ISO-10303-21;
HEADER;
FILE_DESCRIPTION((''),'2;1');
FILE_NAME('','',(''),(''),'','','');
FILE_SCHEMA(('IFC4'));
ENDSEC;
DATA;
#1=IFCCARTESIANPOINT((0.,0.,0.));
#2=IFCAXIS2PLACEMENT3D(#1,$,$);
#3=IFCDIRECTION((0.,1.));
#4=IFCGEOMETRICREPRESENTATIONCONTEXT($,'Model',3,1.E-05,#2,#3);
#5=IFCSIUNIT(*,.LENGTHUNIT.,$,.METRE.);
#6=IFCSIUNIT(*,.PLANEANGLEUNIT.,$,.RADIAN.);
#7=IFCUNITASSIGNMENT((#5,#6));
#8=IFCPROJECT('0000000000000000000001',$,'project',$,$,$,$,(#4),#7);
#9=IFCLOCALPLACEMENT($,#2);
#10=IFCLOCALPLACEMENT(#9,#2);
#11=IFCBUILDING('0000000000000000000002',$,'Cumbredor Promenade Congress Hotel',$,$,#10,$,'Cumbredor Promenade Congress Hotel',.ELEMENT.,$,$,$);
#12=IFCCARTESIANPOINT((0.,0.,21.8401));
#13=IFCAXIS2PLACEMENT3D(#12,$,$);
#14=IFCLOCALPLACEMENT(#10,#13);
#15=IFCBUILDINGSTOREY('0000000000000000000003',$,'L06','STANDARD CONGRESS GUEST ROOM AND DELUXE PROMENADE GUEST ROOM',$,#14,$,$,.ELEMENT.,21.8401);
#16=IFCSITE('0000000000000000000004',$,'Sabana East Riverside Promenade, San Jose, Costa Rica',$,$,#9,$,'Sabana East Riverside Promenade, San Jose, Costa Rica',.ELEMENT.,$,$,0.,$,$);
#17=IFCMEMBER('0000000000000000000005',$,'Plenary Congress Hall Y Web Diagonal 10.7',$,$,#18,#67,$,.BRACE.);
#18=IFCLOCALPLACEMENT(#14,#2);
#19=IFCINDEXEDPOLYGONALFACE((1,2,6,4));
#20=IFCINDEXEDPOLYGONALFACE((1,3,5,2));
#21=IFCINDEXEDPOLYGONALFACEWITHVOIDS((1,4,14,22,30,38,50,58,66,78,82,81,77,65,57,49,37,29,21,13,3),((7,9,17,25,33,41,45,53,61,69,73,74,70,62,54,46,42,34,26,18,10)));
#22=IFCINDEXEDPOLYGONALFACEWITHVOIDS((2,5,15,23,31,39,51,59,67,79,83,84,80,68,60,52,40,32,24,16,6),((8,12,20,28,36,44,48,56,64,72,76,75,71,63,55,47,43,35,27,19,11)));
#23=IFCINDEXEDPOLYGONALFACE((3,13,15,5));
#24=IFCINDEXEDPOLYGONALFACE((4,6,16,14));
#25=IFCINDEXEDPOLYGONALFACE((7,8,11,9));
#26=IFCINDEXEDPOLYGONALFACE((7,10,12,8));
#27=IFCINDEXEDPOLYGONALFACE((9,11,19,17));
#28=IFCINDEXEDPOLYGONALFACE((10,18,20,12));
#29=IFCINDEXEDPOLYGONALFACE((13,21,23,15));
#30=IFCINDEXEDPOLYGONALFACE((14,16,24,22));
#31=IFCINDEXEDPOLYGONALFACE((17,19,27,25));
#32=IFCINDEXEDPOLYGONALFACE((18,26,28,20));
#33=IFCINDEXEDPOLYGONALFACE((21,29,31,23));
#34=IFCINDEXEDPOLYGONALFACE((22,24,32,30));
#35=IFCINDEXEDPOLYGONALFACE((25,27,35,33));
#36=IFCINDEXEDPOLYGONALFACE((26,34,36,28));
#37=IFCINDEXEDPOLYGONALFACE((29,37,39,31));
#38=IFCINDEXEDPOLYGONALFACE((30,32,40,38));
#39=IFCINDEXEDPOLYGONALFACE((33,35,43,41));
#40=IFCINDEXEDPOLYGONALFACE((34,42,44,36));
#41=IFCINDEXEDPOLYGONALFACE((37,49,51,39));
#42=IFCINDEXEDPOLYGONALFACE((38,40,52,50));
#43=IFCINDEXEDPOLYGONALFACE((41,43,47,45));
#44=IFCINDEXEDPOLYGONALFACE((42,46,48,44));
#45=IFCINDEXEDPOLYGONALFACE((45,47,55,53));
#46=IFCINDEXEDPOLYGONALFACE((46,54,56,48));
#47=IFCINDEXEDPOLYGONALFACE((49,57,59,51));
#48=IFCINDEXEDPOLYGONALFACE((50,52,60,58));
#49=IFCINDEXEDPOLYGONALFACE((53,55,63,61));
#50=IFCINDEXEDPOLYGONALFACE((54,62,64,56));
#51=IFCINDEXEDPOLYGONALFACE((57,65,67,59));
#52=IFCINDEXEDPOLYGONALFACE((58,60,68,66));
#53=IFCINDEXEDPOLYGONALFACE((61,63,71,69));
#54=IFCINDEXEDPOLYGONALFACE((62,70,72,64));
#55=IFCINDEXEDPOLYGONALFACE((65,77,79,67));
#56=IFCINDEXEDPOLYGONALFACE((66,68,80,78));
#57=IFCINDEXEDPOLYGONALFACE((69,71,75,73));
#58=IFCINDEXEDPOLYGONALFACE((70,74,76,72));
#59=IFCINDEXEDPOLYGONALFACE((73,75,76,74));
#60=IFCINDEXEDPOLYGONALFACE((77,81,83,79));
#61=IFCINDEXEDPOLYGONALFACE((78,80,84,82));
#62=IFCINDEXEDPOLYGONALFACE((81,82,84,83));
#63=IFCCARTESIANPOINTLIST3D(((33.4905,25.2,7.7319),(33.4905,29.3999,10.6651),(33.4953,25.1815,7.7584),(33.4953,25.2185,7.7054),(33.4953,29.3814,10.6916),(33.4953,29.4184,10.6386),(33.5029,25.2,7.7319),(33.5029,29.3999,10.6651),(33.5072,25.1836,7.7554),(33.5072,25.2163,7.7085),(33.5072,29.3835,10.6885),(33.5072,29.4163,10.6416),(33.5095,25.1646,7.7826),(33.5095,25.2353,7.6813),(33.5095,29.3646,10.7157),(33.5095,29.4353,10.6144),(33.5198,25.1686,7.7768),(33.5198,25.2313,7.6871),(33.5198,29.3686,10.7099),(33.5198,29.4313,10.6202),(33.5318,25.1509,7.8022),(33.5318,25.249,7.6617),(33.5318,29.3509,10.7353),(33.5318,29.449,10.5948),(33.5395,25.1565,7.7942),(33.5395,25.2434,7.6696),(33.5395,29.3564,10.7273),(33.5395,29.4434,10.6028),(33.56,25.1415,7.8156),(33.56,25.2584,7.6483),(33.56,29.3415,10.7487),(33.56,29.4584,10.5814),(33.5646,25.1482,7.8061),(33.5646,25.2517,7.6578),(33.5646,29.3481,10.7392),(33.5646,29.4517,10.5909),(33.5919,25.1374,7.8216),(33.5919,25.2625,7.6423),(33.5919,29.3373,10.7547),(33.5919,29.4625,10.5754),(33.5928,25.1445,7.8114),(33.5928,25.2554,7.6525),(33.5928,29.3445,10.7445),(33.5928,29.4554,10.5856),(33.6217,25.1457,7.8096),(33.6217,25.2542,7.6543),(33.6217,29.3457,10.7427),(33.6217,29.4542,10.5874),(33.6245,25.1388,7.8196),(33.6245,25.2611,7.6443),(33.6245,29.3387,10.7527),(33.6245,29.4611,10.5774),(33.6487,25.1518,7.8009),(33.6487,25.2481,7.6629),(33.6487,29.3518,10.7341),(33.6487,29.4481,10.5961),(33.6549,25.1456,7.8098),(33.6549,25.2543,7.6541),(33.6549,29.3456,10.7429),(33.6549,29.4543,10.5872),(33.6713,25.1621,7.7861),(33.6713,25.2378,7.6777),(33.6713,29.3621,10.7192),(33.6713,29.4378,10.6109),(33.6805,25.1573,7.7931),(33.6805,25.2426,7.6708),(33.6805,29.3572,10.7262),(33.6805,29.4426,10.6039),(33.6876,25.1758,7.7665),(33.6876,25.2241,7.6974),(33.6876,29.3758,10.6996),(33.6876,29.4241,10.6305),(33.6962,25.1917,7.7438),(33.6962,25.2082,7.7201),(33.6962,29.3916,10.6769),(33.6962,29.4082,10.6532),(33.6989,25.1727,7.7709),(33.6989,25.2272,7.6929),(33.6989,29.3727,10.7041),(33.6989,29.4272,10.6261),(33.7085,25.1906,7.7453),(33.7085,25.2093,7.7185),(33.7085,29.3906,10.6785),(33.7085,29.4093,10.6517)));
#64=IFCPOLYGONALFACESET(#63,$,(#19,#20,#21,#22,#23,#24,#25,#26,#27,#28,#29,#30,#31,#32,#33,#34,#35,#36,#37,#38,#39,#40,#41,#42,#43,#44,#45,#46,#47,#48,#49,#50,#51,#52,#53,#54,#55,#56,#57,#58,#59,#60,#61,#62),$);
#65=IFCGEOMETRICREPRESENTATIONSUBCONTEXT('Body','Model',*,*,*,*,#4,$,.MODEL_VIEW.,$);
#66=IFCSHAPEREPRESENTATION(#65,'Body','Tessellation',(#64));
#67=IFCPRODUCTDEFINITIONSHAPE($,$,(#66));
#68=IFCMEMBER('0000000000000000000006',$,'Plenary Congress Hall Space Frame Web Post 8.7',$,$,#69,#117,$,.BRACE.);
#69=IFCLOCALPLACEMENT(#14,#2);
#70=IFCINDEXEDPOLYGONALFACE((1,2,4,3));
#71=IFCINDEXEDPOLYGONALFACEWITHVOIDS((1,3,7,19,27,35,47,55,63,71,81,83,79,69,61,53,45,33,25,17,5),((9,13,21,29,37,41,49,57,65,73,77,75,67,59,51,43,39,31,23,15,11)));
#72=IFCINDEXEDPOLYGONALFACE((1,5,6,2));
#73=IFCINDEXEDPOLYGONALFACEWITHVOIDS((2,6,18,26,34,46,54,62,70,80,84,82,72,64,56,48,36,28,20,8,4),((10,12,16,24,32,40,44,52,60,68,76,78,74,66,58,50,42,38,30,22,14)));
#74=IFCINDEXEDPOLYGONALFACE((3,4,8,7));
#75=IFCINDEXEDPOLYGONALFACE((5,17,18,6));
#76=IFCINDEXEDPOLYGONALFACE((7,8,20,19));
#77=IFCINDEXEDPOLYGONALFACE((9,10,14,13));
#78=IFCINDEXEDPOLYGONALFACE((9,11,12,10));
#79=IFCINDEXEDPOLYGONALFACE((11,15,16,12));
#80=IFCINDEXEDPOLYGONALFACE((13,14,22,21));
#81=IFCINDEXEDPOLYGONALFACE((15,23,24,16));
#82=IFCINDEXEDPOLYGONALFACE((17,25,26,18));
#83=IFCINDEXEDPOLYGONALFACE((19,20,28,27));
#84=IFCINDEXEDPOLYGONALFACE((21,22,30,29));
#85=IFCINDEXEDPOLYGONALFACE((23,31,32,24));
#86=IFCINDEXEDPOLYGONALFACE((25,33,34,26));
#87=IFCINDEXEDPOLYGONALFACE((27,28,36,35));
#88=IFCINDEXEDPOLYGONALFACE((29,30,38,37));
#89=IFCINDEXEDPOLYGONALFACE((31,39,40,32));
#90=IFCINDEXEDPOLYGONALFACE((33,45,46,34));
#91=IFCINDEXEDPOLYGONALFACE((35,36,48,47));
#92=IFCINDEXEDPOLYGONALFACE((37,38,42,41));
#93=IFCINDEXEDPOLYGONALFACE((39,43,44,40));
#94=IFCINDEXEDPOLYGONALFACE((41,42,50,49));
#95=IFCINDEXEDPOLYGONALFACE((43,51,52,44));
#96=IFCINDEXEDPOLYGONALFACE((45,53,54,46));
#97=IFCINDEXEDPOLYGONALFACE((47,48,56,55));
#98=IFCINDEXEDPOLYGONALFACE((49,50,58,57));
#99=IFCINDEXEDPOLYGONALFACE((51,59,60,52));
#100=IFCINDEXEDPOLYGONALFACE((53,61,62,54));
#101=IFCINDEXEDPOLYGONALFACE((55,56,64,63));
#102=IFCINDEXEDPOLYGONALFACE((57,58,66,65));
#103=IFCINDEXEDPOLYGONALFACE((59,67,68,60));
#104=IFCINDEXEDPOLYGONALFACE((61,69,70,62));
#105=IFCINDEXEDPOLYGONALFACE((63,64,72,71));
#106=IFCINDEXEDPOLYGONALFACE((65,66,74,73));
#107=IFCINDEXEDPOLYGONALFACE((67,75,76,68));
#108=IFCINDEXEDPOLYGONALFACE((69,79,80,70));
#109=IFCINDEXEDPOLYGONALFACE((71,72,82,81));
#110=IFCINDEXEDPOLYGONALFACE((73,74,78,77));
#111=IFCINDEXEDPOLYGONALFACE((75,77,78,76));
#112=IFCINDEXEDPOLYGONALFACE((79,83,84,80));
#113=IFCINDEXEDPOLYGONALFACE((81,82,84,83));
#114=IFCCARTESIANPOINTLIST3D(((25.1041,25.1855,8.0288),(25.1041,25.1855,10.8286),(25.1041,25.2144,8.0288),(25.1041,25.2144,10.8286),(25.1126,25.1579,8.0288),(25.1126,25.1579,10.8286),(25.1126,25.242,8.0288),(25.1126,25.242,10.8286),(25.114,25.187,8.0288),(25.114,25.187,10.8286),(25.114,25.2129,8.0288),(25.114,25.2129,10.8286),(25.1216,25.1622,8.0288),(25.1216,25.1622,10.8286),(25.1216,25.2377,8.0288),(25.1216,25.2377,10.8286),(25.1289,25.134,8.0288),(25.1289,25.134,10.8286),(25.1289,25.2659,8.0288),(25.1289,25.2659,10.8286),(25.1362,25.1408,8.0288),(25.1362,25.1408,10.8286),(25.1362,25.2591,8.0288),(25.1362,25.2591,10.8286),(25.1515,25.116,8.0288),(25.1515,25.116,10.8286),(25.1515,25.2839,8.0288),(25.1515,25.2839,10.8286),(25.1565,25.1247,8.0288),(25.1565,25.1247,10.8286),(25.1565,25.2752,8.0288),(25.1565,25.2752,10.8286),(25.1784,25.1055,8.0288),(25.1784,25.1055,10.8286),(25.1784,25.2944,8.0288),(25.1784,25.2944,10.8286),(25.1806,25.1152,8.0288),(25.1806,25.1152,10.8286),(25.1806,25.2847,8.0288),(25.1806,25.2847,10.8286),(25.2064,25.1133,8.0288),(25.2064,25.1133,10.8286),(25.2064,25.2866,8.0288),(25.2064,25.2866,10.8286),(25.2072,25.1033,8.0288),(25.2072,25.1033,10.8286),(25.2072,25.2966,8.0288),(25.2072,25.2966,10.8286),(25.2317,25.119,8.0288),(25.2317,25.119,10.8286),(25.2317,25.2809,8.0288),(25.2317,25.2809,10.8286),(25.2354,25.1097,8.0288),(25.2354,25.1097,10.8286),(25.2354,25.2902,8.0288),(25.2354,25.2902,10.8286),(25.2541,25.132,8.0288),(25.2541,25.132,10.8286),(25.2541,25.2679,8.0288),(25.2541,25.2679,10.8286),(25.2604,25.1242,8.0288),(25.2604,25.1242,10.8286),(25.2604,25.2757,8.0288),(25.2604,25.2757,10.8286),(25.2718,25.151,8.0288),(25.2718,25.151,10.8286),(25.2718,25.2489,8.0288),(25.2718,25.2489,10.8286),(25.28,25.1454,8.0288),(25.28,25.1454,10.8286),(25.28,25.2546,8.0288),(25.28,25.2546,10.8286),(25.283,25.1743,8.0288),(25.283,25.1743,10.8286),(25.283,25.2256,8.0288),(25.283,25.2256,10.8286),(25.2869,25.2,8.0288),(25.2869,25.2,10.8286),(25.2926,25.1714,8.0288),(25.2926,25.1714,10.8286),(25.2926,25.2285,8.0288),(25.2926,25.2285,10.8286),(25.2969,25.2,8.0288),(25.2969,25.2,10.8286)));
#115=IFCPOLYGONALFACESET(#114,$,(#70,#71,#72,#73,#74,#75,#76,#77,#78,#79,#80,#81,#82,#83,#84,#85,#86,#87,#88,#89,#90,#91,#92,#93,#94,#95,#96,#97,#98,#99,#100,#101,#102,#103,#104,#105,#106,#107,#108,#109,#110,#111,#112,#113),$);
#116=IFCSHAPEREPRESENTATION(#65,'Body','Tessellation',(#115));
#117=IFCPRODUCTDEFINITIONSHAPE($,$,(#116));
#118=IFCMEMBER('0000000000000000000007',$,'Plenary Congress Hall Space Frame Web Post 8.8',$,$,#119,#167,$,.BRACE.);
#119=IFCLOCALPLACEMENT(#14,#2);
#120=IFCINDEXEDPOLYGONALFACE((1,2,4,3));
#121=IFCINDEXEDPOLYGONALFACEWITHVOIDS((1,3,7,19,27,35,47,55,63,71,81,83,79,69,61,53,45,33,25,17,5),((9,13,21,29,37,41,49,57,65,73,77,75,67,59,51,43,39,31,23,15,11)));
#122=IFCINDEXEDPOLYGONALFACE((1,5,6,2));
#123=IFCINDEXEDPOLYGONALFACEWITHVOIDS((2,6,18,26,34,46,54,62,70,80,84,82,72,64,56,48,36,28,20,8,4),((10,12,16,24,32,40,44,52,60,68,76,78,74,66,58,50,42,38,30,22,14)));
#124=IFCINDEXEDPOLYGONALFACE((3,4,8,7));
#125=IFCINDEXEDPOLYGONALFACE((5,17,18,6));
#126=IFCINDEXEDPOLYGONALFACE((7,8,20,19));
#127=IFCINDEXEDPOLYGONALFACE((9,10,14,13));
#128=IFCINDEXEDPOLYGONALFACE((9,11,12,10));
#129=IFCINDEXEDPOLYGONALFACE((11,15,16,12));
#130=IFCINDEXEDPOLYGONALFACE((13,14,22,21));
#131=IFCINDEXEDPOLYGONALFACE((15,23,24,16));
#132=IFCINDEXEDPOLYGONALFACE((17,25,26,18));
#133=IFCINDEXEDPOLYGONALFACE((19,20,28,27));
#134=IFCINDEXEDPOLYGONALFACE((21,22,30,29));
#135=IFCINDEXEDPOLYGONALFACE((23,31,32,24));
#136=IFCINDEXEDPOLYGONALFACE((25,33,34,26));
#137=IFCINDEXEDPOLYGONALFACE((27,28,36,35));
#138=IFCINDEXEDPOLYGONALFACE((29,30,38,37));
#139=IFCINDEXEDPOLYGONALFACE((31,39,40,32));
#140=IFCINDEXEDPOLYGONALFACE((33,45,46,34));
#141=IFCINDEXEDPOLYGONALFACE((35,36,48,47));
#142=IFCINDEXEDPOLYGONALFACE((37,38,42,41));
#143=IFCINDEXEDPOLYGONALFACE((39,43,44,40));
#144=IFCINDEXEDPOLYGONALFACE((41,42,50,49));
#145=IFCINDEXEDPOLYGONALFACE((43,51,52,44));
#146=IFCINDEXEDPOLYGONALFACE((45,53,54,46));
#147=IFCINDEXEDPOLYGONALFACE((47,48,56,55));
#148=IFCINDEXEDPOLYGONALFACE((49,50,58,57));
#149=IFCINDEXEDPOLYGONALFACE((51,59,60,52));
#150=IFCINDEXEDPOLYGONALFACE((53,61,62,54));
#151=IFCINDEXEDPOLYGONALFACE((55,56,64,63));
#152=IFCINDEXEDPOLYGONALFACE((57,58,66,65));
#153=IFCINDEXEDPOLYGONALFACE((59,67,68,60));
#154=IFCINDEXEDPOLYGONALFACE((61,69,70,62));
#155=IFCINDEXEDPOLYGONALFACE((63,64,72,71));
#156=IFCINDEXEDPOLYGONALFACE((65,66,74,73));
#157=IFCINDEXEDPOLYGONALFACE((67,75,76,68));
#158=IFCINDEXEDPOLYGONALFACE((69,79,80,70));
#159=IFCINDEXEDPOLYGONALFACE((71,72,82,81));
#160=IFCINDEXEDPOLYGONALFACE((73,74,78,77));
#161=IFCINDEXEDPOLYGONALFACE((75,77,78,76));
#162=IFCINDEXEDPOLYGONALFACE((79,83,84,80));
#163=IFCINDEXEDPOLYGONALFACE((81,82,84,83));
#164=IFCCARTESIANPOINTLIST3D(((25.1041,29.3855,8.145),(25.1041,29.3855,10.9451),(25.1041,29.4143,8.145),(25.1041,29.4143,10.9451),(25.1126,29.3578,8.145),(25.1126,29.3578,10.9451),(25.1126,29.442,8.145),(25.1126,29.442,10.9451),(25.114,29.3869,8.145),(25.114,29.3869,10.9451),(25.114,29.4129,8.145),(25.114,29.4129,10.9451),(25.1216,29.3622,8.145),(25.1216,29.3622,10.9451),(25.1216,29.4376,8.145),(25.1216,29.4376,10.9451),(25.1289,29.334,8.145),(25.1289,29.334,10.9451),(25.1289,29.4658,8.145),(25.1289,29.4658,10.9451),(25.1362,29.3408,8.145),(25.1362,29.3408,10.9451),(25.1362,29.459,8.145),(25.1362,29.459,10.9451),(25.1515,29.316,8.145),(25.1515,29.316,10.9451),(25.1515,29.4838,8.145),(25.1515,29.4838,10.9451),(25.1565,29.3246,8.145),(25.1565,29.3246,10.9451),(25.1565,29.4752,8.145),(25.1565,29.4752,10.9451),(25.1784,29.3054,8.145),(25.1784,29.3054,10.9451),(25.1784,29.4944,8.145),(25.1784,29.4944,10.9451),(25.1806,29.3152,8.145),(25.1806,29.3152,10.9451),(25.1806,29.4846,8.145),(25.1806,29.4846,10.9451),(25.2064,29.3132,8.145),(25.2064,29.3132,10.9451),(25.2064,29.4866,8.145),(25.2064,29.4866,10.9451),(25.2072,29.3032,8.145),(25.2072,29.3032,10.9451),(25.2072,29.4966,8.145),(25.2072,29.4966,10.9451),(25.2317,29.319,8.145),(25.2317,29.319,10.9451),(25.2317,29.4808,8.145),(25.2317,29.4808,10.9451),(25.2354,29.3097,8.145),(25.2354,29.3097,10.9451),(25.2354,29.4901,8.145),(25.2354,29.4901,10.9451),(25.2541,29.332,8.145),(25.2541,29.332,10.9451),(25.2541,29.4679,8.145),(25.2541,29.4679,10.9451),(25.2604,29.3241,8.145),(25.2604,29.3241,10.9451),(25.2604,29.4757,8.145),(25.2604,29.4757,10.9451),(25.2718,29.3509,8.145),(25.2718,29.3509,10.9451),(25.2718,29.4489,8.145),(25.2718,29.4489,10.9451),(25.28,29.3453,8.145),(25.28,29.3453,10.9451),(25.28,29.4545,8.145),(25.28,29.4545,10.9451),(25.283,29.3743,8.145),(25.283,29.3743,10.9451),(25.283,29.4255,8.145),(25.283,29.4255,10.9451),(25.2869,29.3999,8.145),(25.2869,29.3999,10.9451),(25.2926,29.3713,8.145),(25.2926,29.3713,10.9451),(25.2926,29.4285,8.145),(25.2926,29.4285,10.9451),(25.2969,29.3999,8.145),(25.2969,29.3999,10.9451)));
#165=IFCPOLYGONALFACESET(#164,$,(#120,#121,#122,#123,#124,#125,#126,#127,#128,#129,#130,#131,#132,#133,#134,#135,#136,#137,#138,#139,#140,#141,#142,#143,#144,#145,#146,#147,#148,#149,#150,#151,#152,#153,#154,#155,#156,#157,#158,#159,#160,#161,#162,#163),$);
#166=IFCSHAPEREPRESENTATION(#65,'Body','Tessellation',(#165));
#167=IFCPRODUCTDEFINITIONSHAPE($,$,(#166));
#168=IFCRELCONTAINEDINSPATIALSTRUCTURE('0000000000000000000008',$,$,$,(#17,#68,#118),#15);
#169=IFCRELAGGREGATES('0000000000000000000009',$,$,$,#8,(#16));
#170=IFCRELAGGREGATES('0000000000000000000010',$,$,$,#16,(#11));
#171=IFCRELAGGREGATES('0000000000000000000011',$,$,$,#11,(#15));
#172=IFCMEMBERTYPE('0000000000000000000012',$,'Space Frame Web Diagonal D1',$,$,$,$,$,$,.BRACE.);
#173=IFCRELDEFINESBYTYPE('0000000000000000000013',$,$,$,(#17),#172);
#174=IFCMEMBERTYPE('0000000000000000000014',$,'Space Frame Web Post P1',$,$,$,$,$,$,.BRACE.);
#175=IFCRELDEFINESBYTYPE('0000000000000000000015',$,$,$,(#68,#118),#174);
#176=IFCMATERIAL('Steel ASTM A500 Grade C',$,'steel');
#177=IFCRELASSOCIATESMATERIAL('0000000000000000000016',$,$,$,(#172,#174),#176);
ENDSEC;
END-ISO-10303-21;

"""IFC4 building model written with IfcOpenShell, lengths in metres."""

from ifc_helpers import new_model, si_unit, direction, frame, origin, origin_2d, place, context, subcontext, project, spatial, hollow_circle, extrude, material, material_profile, profile_set, type_object, element, save


model = new_model("IFC4")

# Units and contexts
model_context = context("Model", 3, precision=1e-05, world=origin(), true_north=direction((0.0, 1.0)))
body_context = subcontext(model_context, "Body", "Model", "MODEL_VIEW")
ifc_project = project(units=[si_unit("LENGTHUNIT", "METRE"), si_unit("PLANEANGLEUNIT", "RADIAN")], contexts=[model_context])

# Site, building, storey
site_placement = place(None, origin())
site = spatial("IfcSite", under=ifc_project, at=site_placement, Name="Sabana East Riverside Promenade, San Jose, Costa Rica", LongName="Sabana East Riverside Promenade, San Jose, Costa Rica", CompositionType="ELEMENT", RefElevation=0.0)
building_placement = place(site_placement, origin())
building = spatial("IfcBuilding", under=site, at=building_placement, Name="Cumbredor Promenade Congress Hotel", LongName="Cumbredor Promenade Congress Hotel", CompositionType="ELEMENT")
storey_placement = place(building_placement, frame((0.0, 0.0, 21.8401)))
storey = spatial("IfcBuildingStorey", under=building, at=storey_placement, Name="L06", Description="STANDARD CONGRESS GUEST ROOM AND DELUXE PROMENADE GUEST ROOM", CompositionType="ELEMENT", Elevation=21.8401)

# Members
ifc_material_1 = material(Name="Steel ASTM A500 Grade C", Category="steel")
ifc_material_profile_1 = material_profile(ifc_material_1, hollow_circle(Radius=0.1096, WallThickness=0.0125, at=origin_2d()), Name="CHS 219.1x12.5")
ifc_profile_set_1 = profile_set([ifc_material_profile_1], Name="Steel ASTM A500 Grade C")
member_type_1 = type_object("IfcMemberType", Name="Space Frame Web Diagonal D1", PredefinedType="BRACE", material=ifc_profile_set_1)
member_1_placement = place(storey_placement, frame((33.6001, 25.2, 7.7319), z_axis=(0.0, 0.819861, 0.572563), x_axis=(-1.0, 0.0, 0.0)))
element("IfcMember", 1, at=member_1_placement, inside=storey, type_object=member_type_1, Name="Plenary Congress Hall Y Web Diagonal 10.7", PredefinedType="BRACE", context=body_context, shape_type="SweptSolid", body=[
    extrude(hollow_circle(Radius=0.1096, WallThickness=0.0125, at=origin_2d()), origin(), (0.0, 0.0, 1.0), 5.1228),
])
ifc_material_profile_2 = material_profile(ifc_material_1, hollow_circle(Radius=0.0969, WallThickness=0.01, at=origin_2d()), Name="CHS 193.7x10")
ifc_profile_set_2 = profile_set([ifc_material_profile_2], Name="Steel ASTM A500 Grade C")
member_type_2 = type_object("IfcMemberType", Name="Space Frame Web Post P1", PredefinedType="BRACE", material=ifc_profile_set_2)
member_2_placement = place(storey_placement, frame((25.2, 25.2, 8.0288), z_axis=(0.0, 0.0, 1.0), x_axis=(1.0, 0.0, 0.0)))
element("IfcMember", 2, at=member_2_placement, inside=storey, type_object=member_type_2, Name="Plenary Congress Hall Space Frame Web Post 8.7", PredefinedType="BRACE", context=body_context, shape_type="SweptSolid", body=[
    extrude(hollow_circle(Radius=0.0969, WallThickness=0.01, at=origin_2d()), origin(), (0.0, 0.0, 1.0), 2.7998),
])
for number, where, z_axis, x_axis, name in (
    (3, (25.2, 29.3999, 8.145), (0.0, 0.0, 1.0), (1.0, 0.0, 0.0), "Plenary Congress Hall Space Frame Web Post 8.8"),
):
    element("IfcMember", number, at=place(storey_placement, frame(where, z_axis=z_axis, x_axis=x_axis)), inside=storey, type_object=member_type_2, Name=name, PredefinedType="BRACE", context=body_context, shape_type="SweptSolid", body=[
        extrude(hollow_circle(Radius=0.0969, WallThickness=0.01, at=origin_2d()), origin(), (0.0, 0.0, 1.0), 2.8),
    ])

save(model, "model.ifc")
